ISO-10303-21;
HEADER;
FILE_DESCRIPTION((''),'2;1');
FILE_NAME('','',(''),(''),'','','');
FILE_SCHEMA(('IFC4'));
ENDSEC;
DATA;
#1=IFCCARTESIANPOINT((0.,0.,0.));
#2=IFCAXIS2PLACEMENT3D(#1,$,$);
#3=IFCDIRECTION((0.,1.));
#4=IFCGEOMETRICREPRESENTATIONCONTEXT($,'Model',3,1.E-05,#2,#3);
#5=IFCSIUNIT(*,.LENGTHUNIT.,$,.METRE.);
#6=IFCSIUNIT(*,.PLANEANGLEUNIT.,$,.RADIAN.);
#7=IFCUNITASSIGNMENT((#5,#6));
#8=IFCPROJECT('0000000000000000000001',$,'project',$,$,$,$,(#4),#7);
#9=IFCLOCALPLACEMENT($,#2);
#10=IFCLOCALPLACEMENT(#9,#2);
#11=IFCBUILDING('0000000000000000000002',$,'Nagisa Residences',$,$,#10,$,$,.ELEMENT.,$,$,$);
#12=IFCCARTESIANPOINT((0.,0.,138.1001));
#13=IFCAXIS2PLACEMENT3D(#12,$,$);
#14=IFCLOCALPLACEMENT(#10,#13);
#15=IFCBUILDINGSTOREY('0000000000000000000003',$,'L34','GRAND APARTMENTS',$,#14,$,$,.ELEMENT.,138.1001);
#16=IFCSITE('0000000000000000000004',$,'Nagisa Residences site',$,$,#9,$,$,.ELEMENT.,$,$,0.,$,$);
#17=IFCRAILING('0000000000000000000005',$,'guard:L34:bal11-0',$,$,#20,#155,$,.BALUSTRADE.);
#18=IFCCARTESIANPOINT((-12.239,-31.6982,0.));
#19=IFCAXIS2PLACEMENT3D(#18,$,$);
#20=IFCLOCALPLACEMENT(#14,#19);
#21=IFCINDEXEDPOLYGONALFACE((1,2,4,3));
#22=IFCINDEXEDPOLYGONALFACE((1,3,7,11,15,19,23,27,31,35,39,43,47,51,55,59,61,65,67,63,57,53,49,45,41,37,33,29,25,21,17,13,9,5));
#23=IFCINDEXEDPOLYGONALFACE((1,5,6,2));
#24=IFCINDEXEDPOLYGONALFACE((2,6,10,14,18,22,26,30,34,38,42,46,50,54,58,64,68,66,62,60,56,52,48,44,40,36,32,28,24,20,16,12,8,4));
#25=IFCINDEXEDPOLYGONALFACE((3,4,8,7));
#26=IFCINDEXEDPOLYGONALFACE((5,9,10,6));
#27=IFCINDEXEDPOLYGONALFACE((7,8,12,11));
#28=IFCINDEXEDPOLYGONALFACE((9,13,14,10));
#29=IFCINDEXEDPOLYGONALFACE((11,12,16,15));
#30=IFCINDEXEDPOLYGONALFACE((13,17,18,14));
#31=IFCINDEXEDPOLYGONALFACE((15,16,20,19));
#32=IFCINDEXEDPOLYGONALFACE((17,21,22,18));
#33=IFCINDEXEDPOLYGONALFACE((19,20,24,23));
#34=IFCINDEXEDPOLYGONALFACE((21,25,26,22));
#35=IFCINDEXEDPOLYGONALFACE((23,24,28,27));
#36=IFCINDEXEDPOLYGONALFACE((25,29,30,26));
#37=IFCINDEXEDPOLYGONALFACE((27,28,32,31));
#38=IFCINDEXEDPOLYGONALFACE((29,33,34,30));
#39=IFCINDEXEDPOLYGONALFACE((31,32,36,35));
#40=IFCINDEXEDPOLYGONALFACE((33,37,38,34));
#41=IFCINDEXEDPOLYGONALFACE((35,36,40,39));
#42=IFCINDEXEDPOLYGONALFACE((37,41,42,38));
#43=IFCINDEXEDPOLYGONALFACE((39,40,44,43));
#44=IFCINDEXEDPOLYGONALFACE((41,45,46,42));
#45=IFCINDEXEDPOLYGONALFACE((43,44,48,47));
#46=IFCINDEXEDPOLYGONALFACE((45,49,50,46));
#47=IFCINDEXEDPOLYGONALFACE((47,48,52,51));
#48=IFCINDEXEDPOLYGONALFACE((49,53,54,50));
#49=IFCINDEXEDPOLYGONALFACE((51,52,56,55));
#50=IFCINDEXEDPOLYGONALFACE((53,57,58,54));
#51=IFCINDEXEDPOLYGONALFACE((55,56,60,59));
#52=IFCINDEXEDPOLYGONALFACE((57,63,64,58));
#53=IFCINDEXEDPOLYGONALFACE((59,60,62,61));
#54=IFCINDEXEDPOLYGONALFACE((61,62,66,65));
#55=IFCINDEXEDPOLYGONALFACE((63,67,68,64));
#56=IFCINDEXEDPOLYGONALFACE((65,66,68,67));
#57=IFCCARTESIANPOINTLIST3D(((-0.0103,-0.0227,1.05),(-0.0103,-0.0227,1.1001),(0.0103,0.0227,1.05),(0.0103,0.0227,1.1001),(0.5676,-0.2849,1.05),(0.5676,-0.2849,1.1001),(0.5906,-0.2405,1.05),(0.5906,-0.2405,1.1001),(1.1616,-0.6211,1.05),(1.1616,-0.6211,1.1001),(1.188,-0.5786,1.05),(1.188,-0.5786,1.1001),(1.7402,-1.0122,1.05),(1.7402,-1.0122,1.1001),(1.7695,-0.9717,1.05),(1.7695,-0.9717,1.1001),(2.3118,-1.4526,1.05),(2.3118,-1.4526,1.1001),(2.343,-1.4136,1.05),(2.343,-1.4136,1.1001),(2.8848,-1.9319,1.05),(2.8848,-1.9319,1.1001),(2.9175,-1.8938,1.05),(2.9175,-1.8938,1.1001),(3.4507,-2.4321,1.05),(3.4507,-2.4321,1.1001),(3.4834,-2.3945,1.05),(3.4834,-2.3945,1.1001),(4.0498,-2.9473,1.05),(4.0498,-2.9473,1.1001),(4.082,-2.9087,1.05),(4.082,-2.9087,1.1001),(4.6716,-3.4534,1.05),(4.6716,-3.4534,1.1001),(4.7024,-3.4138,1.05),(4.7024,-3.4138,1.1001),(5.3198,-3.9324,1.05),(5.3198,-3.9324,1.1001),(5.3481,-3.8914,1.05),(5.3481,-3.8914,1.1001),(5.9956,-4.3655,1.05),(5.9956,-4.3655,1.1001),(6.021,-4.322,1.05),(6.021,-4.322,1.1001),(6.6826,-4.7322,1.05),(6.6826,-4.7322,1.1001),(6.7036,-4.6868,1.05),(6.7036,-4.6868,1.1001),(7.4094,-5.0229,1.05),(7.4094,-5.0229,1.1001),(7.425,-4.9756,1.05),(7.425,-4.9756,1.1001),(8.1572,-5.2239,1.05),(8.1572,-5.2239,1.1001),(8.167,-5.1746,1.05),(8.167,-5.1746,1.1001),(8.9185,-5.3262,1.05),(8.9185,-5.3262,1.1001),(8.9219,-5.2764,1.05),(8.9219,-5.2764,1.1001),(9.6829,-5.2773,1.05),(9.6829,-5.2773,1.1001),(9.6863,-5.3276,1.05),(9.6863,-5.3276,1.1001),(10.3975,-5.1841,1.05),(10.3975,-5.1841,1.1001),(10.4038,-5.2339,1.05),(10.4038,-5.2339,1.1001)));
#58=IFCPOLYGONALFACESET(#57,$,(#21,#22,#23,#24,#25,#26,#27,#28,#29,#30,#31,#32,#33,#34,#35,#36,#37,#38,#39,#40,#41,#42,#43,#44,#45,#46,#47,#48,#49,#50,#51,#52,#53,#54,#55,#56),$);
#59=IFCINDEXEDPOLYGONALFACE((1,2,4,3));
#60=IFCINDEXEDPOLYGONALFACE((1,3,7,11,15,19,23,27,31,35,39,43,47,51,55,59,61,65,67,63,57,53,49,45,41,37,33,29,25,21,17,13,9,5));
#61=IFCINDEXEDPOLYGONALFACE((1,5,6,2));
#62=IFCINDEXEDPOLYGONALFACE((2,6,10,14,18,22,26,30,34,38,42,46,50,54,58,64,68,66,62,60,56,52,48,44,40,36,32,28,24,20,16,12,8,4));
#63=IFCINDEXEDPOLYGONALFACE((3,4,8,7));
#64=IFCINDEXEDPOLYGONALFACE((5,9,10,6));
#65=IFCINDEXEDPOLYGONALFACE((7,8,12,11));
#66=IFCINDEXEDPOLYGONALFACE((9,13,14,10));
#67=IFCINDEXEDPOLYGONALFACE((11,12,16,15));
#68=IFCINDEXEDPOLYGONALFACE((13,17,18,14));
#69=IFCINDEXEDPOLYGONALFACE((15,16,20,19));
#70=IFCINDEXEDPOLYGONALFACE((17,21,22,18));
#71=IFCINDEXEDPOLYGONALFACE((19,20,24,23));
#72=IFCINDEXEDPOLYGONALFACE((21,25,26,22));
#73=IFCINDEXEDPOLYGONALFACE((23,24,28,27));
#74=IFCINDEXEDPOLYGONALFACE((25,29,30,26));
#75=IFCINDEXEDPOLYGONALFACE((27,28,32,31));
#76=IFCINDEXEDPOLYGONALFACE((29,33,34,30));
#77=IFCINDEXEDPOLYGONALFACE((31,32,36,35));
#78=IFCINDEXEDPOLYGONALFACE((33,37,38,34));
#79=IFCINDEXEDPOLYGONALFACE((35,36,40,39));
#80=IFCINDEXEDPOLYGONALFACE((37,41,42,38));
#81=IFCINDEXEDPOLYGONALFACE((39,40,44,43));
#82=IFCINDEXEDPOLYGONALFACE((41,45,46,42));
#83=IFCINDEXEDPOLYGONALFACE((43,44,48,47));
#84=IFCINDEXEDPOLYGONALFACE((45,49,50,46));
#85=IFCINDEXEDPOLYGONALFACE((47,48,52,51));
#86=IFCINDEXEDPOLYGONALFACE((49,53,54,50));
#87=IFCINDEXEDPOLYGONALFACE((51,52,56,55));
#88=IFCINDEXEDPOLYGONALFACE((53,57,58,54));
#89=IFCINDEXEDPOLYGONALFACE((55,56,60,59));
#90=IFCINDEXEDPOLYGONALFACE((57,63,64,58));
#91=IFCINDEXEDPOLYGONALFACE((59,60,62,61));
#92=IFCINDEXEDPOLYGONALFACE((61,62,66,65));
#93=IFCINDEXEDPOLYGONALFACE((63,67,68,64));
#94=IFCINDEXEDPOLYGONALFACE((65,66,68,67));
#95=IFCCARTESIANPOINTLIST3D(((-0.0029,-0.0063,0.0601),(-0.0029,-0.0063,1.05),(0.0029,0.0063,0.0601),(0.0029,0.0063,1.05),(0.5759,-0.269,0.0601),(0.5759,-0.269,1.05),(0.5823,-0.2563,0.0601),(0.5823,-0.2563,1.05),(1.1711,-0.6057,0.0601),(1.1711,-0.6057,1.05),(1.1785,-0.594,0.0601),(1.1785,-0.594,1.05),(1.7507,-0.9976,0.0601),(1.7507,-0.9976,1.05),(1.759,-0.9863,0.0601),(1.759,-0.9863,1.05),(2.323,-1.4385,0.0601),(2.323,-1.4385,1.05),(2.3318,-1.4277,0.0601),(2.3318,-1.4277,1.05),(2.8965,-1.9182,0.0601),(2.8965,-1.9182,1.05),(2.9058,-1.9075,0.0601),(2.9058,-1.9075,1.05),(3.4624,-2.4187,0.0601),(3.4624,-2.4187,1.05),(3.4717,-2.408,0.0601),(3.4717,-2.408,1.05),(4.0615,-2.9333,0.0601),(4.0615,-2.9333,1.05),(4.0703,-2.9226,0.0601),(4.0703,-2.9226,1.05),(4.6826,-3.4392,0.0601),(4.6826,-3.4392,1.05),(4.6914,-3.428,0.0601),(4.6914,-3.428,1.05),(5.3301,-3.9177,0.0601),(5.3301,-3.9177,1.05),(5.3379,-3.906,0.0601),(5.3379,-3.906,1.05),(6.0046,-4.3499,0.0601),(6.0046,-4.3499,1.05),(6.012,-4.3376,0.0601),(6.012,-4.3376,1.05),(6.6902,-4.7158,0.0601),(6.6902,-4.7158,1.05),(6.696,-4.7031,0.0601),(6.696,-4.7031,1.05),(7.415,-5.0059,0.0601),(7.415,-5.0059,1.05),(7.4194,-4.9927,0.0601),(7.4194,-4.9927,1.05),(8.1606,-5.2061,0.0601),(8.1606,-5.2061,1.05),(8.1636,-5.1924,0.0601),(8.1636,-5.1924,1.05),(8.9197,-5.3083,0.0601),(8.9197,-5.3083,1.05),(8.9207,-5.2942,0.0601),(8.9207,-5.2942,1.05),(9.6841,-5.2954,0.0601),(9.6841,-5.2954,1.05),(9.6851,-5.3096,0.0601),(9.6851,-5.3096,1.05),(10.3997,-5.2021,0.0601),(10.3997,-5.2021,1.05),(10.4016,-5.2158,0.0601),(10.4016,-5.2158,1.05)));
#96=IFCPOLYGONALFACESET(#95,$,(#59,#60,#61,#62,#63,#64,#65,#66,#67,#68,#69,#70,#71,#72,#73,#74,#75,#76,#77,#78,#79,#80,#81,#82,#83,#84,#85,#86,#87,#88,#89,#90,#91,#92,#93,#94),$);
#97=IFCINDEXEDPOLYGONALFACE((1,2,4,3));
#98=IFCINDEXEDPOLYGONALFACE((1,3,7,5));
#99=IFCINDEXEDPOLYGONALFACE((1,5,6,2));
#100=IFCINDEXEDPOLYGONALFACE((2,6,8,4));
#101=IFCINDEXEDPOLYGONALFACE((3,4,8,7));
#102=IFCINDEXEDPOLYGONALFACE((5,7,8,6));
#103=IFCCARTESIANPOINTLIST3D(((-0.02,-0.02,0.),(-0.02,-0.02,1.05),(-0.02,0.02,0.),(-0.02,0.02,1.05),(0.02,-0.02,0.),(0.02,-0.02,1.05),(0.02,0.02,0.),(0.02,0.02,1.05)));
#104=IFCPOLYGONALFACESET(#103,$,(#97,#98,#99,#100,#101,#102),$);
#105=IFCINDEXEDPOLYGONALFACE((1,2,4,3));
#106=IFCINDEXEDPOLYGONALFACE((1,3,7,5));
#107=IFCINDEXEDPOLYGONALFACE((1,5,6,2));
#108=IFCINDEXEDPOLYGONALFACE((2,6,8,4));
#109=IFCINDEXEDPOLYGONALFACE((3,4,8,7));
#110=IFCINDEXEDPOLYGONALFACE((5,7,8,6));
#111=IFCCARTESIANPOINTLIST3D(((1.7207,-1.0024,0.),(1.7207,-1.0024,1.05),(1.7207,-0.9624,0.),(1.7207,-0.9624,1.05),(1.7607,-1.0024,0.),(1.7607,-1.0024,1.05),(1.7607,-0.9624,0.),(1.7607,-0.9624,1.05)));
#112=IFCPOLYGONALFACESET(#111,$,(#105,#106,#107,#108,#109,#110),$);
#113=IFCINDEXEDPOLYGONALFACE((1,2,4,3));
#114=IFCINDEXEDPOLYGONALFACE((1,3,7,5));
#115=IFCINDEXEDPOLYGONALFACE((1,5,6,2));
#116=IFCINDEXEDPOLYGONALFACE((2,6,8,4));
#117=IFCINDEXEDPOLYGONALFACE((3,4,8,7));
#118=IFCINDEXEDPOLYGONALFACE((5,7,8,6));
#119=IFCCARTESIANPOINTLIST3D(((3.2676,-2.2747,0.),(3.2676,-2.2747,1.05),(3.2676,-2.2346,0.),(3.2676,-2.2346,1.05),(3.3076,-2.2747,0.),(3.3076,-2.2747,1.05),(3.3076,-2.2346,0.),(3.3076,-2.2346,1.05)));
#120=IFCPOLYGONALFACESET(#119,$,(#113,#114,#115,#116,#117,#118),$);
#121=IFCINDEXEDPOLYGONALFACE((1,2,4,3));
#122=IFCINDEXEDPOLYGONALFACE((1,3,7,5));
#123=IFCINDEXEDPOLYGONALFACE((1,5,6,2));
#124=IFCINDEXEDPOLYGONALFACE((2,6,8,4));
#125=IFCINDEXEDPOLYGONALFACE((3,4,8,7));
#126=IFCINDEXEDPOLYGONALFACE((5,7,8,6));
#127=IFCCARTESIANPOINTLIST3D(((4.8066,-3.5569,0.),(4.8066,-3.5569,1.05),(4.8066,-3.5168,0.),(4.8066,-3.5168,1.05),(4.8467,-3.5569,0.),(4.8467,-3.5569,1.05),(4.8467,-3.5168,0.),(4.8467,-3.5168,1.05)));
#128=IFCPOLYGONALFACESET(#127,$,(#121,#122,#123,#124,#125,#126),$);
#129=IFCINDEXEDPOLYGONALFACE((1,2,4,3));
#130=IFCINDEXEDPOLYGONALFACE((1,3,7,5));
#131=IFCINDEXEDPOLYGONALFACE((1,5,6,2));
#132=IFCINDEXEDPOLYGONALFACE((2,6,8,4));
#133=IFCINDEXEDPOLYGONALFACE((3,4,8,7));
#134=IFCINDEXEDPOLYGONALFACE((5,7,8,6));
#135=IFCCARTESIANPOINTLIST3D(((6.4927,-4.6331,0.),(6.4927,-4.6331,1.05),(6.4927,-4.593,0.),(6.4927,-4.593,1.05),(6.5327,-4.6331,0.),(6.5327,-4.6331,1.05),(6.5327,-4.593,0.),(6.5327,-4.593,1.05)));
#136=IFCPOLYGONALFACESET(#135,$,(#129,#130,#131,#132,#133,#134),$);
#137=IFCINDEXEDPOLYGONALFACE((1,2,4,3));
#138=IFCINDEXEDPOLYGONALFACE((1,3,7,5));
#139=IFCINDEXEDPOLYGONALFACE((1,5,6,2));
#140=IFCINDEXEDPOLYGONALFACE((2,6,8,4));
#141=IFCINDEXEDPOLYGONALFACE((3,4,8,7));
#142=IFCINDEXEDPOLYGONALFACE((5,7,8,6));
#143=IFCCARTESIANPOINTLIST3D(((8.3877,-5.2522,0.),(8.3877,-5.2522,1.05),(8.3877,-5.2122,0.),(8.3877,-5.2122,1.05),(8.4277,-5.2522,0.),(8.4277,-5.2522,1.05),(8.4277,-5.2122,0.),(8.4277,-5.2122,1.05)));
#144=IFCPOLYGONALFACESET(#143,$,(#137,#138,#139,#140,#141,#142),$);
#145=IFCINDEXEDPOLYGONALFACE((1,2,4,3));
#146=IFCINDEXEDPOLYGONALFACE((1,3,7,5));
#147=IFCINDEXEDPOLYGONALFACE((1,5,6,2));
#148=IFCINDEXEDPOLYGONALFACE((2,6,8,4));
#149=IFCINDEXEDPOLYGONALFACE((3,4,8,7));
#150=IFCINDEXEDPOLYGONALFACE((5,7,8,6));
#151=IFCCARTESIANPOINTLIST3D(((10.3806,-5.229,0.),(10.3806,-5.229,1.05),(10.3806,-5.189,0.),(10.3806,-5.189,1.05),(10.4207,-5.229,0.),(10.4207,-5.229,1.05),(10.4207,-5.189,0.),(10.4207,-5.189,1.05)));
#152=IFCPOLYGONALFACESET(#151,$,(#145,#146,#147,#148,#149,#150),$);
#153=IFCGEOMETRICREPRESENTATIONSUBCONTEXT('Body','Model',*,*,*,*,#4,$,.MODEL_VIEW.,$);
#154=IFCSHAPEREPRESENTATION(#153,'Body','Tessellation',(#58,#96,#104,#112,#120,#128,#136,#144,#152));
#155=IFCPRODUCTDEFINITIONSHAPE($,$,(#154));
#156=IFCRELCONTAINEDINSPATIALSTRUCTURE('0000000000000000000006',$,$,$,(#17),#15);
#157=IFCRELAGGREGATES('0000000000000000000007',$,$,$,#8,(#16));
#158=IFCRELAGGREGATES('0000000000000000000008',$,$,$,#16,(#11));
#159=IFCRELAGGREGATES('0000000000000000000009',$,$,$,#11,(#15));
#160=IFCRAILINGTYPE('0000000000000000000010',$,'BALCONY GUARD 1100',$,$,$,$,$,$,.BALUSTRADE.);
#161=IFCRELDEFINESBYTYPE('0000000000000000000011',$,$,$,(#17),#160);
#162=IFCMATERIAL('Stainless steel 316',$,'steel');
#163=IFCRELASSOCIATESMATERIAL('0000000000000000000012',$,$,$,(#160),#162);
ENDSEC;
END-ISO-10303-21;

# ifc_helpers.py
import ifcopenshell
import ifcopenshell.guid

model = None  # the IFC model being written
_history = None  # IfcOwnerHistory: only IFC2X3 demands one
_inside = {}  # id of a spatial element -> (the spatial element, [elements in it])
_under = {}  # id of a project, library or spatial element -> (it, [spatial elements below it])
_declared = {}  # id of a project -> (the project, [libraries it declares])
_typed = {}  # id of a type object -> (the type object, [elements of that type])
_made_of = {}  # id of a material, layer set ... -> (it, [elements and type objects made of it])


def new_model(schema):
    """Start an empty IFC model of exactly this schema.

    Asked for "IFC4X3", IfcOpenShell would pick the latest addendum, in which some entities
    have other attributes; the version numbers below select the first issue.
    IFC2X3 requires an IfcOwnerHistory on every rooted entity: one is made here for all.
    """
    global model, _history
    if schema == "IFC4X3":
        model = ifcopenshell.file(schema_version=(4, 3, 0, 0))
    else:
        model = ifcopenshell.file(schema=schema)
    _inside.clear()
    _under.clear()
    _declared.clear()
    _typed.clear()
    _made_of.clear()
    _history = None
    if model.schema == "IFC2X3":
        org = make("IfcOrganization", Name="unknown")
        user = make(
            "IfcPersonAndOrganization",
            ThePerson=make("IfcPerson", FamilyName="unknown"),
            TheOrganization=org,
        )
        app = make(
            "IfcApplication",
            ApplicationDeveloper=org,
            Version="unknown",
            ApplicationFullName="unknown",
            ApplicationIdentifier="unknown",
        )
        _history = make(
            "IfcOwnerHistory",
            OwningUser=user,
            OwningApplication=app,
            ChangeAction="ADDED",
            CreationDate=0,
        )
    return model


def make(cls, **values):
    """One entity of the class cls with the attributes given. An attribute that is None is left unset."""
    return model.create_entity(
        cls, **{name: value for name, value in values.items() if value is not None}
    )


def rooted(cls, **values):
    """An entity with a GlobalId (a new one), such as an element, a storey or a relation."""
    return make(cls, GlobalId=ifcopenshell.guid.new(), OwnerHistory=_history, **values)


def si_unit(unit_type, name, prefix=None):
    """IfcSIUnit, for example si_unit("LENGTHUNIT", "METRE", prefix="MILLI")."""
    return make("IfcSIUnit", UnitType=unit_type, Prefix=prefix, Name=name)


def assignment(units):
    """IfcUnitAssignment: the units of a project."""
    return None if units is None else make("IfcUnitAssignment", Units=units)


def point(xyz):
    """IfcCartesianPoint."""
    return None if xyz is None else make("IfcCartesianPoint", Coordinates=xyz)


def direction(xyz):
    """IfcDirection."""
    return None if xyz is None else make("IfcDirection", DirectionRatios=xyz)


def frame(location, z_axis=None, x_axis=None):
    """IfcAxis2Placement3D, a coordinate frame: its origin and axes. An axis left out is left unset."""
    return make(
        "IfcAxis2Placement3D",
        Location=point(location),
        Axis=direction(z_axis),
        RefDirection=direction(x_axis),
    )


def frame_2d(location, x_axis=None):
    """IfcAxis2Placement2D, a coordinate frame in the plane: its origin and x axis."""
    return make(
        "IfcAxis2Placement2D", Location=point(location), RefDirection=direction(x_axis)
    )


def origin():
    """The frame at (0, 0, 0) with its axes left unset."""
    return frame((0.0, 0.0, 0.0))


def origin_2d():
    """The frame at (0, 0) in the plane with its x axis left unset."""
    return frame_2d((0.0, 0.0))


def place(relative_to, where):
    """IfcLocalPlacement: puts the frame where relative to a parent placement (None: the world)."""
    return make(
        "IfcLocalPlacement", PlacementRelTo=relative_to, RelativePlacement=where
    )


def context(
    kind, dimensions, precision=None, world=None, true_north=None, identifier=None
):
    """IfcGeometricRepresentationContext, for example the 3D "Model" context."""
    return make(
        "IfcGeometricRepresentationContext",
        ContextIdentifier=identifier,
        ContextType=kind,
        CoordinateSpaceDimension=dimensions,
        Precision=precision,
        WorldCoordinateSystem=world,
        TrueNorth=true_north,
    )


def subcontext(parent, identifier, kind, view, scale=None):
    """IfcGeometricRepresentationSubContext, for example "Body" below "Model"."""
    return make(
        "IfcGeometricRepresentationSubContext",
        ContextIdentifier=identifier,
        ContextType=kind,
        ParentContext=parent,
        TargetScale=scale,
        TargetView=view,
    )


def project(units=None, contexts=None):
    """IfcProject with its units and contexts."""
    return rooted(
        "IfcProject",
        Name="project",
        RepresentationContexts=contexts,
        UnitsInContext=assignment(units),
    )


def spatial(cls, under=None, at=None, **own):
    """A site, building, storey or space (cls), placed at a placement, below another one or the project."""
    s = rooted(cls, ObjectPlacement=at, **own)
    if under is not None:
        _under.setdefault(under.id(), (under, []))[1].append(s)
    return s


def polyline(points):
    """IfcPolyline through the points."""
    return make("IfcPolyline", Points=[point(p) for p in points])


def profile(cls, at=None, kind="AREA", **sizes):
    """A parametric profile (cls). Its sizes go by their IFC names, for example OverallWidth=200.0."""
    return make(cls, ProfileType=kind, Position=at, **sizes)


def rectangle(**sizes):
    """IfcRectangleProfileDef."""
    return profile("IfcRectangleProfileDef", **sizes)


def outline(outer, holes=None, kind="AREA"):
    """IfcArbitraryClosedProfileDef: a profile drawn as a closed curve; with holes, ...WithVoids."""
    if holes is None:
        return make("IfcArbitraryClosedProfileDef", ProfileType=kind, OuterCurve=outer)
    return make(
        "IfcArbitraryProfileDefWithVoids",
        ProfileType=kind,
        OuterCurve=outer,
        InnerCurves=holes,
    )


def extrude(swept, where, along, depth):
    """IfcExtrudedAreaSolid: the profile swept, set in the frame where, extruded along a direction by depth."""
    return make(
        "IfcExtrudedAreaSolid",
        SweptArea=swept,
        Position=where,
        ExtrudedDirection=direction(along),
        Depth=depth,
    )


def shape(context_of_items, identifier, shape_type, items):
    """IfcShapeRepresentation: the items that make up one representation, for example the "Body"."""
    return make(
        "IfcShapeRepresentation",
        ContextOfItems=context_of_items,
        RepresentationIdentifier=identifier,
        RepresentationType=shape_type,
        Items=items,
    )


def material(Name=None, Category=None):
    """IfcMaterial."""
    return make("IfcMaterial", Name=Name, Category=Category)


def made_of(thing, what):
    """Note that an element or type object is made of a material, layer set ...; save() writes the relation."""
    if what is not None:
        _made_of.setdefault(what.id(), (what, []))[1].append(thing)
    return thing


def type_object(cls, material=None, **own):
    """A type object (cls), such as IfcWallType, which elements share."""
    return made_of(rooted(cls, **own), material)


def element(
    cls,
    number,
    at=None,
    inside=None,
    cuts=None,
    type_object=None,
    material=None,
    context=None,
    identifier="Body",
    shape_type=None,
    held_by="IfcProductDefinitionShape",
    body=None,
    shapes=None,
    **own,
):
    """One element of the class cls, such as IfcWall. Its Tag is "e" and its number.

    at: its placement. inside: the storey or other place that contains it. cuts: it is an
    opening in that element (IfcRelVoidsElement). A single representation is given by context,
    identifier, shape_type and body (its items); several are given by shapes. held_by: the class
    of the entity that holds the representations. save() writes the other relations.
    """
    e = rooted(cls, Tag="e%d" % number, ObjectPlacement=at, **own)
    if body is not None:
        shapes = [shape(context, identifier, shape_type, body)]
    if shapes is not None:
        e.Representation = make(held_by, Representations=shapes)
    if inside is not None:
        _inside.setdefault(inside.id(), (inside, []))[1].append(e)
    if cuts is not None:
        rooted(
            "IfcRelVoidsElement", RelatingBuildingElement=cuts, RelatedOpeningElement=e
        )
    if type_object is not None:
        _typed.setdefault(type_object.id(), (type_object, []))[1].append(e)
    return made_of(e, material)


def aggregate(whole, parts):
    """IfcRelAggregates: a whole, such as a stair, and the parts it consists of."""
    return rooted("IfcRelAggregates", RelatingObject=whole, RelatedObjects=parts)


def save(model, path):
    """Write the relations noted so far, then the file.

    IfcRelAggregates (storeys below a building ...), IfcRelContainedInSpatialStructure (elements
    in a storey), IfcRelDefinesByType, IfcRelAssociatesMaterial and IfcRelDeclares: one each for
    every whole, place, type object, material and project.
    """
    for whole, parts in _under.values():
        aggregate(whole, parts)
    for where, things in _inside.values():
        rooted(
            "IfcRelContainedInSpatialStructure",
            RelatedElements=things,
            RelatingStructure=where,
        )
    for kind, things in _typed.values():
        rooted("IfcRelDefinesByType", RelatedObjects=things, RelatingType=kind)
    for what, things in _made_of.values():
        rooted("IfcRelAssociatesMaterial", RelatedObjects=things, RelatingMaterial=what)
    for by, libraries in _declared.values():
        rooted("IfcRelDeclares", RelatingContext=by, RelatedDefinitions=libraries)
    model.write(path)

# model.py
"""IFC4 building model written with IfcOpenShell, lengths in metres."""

from ifc_helpers import new_model, si_unit, direction, frame, origin, origin_2d, place, context, subcontext, project, spatial, polyline, rectangle, outline, extrude, material, type_object, element, save


model = new_model("IFC4")

# Units and contexts
model_context = context("Model", 3, precision=1e-05, world=origin(), true_north=direction((0.0, 1.0)))
body_context = subcontext(model_context, "Body", "Model", "MODEL_VIEW")
ifc_project = project(units=[si_unit("LENGTHUNIT", "METRE"), si_unit("PLANEANGLEUNIT", "RADIAN")], contexts=[model_context])

# Site, building, storey
site_placement = place(None, origin())
site = spatial("IfcSite", under=ifc_project, at=site_placement, Name="Nagisa Residences site", CompositionType="ELEMENT", RefElevation=0.0)
building_placement = place(site_placement, origin())
building = spatial("IfcBuilding", under=site, at=building_placement, Name="Nagisa Residences", CompositionType="ELEMENT")
storey_placement = place(building_placement, frame((0.0, 0.0, 138.1001)))
storey = spatial("IfcBuildingStorey", under=building, at=storey_placement, Name="L34", Description="GRAND APARTMENTS", CompositionType="ELEMENT", Elevation=138.1001)

# Railing
ifc_material_1 = material(Name="Stainless steel 316", Category="steel")
railing_type = type_object("IfcRailingType", Name="BALCONY GUARD 1100", PredefinedType="BALUSTRADE", material=ifc_material_1)
railing_1_placement = place(storey_placement, frame((-12.239, -31.6982, 0.0)))
element("IfcRailing", 1, at=railing_1_placement, inside=storey, type_object=railing_type, Name="guard:L34:bal11-0", PredefinedType="BALUSTRADE", context=body_context, shape_type="SweptSolid", body=[
    extrude(outline(polyline([(0.5906, -0.2405), (0.0103, 0.0227), (-0.0103, -0.0227), (0.5676, -0.2849), (1.1616, -0.6211), (1.7402, -1.0122), (2.3118, -1.4526), (2.8848, -1.9319), (3.4507, -2.4321), (4.0498, -2.9473), (4.6716, -3.4534), (5.3198, -3.9324), (5.9956, -4.3655), (6.6826, -4.7322), (7.4094, -5.0229), (8.1572, -5.2239), (8.9185, -5.3262), (9.6863, -5.3276), (10.4038, -5.2339), (10.3975, -5.1841), (9.6829, -5.2773), (8.9219, -5.2764), (8.167, -5.1746), (7.425, -4.9756), (6.7036, -4.6868), (6.021, -4.322), (5.3481, -3.8914), (4.7024, -3.4138), (4.082, -2.9087), (3.4834, -2.3945), (2.9175, -1.8938), (2.343, -1.4136), (1.7695, -0.9717), (1.188, -0.5786), (0.5906, -0.2405)])), frame((0.0, 0.0, 1.05)), (0.0, 0.0, 1.0), 0.05),
    extrude(outline(polyline([(0.5823, -0.2563), (0.0029, 0.0063), (-0.0029, -0.0063), (0.5759, -0.269), (1.1711, -0.6057), (1.7507, -0.9976), (2.323, -1.4385), (2.8965, -1.9182), (3.4624, -2.4187), (4.0615, -2.9333), (4.6826, -3.4392), (5.3301, -3.9177), (6.0046, -4.3499), (6.6902, -4.7158), (7.415, -5.0059), (8.1606, -5.2061), (8.9197, -5.3083), (9.6851, -5.3096), (10.4016, -5.2158), (10.3997, -5.2021), (9.6841, -5.2954), (8.9207, -5.2942), (8.1636, -5.1924), (7.4194, -4.9927), (6.696, -4.7031), (6.012, -4.3376), (5.3379, -3.906), (4.6914, -3.428), (4.0703, -2.9226), (3.4717, -2.408), (2.9058, -1.9075), (2.3318, -1.4277), (1.759, -0.9863), (1.1785, -0.594), (0.5823, -0.2563)])), frame((0.0, 0.0, 0.0601)), (0.0, 0.0, 1.0), 0.99),
    extrude(rectangle(XDim=0.04, YDim=0.04, at=origin_2d()), origin(), (0.0, 0.0, 1.0), 1.05),
    extrude(rectangle(XDim=0.04, YDim=0.04, at=origin_2d()), frame((1.7407, -0.9824, 0.0)), (0.0, 0.0, 1.0), 1.05),
    extrude(rectangle(XDim=0.04, YDim=0.04, at=origin_2d()), frame((3.2876, -2.2546, 0.0)), (0.0, 0.0, 1.0), 1.05),
    extrude(rectangle(XDim=0.04, YDim=0.04, at=origin_2d()), frame((4.8267, -3.5369, 0.0)), (0.0, 0.0, 1.0), 1.05),
    extrude(rectangle(XDim=0.04, YDim=0.04, at=origin_2d()), frame((6.5127, -4.613, 0.0)), (0.0, 0.0, 1.0), 1.05),
    extrude(rectangle(XDim=0.04, YDim=0.04, at=origin_2d()), frame((8.4077, -5.2322, 0.0)), (0.0, 0.0, 1.0), 1.05),
    extrude(rectangle(XDim=0.04, YDim=0.04, at=origin_2d()), frame((10.4006, -5.209, 0.0)), (0.0, 0.0, 1.0), 1.05),
])

save(model, "model.ifc")
